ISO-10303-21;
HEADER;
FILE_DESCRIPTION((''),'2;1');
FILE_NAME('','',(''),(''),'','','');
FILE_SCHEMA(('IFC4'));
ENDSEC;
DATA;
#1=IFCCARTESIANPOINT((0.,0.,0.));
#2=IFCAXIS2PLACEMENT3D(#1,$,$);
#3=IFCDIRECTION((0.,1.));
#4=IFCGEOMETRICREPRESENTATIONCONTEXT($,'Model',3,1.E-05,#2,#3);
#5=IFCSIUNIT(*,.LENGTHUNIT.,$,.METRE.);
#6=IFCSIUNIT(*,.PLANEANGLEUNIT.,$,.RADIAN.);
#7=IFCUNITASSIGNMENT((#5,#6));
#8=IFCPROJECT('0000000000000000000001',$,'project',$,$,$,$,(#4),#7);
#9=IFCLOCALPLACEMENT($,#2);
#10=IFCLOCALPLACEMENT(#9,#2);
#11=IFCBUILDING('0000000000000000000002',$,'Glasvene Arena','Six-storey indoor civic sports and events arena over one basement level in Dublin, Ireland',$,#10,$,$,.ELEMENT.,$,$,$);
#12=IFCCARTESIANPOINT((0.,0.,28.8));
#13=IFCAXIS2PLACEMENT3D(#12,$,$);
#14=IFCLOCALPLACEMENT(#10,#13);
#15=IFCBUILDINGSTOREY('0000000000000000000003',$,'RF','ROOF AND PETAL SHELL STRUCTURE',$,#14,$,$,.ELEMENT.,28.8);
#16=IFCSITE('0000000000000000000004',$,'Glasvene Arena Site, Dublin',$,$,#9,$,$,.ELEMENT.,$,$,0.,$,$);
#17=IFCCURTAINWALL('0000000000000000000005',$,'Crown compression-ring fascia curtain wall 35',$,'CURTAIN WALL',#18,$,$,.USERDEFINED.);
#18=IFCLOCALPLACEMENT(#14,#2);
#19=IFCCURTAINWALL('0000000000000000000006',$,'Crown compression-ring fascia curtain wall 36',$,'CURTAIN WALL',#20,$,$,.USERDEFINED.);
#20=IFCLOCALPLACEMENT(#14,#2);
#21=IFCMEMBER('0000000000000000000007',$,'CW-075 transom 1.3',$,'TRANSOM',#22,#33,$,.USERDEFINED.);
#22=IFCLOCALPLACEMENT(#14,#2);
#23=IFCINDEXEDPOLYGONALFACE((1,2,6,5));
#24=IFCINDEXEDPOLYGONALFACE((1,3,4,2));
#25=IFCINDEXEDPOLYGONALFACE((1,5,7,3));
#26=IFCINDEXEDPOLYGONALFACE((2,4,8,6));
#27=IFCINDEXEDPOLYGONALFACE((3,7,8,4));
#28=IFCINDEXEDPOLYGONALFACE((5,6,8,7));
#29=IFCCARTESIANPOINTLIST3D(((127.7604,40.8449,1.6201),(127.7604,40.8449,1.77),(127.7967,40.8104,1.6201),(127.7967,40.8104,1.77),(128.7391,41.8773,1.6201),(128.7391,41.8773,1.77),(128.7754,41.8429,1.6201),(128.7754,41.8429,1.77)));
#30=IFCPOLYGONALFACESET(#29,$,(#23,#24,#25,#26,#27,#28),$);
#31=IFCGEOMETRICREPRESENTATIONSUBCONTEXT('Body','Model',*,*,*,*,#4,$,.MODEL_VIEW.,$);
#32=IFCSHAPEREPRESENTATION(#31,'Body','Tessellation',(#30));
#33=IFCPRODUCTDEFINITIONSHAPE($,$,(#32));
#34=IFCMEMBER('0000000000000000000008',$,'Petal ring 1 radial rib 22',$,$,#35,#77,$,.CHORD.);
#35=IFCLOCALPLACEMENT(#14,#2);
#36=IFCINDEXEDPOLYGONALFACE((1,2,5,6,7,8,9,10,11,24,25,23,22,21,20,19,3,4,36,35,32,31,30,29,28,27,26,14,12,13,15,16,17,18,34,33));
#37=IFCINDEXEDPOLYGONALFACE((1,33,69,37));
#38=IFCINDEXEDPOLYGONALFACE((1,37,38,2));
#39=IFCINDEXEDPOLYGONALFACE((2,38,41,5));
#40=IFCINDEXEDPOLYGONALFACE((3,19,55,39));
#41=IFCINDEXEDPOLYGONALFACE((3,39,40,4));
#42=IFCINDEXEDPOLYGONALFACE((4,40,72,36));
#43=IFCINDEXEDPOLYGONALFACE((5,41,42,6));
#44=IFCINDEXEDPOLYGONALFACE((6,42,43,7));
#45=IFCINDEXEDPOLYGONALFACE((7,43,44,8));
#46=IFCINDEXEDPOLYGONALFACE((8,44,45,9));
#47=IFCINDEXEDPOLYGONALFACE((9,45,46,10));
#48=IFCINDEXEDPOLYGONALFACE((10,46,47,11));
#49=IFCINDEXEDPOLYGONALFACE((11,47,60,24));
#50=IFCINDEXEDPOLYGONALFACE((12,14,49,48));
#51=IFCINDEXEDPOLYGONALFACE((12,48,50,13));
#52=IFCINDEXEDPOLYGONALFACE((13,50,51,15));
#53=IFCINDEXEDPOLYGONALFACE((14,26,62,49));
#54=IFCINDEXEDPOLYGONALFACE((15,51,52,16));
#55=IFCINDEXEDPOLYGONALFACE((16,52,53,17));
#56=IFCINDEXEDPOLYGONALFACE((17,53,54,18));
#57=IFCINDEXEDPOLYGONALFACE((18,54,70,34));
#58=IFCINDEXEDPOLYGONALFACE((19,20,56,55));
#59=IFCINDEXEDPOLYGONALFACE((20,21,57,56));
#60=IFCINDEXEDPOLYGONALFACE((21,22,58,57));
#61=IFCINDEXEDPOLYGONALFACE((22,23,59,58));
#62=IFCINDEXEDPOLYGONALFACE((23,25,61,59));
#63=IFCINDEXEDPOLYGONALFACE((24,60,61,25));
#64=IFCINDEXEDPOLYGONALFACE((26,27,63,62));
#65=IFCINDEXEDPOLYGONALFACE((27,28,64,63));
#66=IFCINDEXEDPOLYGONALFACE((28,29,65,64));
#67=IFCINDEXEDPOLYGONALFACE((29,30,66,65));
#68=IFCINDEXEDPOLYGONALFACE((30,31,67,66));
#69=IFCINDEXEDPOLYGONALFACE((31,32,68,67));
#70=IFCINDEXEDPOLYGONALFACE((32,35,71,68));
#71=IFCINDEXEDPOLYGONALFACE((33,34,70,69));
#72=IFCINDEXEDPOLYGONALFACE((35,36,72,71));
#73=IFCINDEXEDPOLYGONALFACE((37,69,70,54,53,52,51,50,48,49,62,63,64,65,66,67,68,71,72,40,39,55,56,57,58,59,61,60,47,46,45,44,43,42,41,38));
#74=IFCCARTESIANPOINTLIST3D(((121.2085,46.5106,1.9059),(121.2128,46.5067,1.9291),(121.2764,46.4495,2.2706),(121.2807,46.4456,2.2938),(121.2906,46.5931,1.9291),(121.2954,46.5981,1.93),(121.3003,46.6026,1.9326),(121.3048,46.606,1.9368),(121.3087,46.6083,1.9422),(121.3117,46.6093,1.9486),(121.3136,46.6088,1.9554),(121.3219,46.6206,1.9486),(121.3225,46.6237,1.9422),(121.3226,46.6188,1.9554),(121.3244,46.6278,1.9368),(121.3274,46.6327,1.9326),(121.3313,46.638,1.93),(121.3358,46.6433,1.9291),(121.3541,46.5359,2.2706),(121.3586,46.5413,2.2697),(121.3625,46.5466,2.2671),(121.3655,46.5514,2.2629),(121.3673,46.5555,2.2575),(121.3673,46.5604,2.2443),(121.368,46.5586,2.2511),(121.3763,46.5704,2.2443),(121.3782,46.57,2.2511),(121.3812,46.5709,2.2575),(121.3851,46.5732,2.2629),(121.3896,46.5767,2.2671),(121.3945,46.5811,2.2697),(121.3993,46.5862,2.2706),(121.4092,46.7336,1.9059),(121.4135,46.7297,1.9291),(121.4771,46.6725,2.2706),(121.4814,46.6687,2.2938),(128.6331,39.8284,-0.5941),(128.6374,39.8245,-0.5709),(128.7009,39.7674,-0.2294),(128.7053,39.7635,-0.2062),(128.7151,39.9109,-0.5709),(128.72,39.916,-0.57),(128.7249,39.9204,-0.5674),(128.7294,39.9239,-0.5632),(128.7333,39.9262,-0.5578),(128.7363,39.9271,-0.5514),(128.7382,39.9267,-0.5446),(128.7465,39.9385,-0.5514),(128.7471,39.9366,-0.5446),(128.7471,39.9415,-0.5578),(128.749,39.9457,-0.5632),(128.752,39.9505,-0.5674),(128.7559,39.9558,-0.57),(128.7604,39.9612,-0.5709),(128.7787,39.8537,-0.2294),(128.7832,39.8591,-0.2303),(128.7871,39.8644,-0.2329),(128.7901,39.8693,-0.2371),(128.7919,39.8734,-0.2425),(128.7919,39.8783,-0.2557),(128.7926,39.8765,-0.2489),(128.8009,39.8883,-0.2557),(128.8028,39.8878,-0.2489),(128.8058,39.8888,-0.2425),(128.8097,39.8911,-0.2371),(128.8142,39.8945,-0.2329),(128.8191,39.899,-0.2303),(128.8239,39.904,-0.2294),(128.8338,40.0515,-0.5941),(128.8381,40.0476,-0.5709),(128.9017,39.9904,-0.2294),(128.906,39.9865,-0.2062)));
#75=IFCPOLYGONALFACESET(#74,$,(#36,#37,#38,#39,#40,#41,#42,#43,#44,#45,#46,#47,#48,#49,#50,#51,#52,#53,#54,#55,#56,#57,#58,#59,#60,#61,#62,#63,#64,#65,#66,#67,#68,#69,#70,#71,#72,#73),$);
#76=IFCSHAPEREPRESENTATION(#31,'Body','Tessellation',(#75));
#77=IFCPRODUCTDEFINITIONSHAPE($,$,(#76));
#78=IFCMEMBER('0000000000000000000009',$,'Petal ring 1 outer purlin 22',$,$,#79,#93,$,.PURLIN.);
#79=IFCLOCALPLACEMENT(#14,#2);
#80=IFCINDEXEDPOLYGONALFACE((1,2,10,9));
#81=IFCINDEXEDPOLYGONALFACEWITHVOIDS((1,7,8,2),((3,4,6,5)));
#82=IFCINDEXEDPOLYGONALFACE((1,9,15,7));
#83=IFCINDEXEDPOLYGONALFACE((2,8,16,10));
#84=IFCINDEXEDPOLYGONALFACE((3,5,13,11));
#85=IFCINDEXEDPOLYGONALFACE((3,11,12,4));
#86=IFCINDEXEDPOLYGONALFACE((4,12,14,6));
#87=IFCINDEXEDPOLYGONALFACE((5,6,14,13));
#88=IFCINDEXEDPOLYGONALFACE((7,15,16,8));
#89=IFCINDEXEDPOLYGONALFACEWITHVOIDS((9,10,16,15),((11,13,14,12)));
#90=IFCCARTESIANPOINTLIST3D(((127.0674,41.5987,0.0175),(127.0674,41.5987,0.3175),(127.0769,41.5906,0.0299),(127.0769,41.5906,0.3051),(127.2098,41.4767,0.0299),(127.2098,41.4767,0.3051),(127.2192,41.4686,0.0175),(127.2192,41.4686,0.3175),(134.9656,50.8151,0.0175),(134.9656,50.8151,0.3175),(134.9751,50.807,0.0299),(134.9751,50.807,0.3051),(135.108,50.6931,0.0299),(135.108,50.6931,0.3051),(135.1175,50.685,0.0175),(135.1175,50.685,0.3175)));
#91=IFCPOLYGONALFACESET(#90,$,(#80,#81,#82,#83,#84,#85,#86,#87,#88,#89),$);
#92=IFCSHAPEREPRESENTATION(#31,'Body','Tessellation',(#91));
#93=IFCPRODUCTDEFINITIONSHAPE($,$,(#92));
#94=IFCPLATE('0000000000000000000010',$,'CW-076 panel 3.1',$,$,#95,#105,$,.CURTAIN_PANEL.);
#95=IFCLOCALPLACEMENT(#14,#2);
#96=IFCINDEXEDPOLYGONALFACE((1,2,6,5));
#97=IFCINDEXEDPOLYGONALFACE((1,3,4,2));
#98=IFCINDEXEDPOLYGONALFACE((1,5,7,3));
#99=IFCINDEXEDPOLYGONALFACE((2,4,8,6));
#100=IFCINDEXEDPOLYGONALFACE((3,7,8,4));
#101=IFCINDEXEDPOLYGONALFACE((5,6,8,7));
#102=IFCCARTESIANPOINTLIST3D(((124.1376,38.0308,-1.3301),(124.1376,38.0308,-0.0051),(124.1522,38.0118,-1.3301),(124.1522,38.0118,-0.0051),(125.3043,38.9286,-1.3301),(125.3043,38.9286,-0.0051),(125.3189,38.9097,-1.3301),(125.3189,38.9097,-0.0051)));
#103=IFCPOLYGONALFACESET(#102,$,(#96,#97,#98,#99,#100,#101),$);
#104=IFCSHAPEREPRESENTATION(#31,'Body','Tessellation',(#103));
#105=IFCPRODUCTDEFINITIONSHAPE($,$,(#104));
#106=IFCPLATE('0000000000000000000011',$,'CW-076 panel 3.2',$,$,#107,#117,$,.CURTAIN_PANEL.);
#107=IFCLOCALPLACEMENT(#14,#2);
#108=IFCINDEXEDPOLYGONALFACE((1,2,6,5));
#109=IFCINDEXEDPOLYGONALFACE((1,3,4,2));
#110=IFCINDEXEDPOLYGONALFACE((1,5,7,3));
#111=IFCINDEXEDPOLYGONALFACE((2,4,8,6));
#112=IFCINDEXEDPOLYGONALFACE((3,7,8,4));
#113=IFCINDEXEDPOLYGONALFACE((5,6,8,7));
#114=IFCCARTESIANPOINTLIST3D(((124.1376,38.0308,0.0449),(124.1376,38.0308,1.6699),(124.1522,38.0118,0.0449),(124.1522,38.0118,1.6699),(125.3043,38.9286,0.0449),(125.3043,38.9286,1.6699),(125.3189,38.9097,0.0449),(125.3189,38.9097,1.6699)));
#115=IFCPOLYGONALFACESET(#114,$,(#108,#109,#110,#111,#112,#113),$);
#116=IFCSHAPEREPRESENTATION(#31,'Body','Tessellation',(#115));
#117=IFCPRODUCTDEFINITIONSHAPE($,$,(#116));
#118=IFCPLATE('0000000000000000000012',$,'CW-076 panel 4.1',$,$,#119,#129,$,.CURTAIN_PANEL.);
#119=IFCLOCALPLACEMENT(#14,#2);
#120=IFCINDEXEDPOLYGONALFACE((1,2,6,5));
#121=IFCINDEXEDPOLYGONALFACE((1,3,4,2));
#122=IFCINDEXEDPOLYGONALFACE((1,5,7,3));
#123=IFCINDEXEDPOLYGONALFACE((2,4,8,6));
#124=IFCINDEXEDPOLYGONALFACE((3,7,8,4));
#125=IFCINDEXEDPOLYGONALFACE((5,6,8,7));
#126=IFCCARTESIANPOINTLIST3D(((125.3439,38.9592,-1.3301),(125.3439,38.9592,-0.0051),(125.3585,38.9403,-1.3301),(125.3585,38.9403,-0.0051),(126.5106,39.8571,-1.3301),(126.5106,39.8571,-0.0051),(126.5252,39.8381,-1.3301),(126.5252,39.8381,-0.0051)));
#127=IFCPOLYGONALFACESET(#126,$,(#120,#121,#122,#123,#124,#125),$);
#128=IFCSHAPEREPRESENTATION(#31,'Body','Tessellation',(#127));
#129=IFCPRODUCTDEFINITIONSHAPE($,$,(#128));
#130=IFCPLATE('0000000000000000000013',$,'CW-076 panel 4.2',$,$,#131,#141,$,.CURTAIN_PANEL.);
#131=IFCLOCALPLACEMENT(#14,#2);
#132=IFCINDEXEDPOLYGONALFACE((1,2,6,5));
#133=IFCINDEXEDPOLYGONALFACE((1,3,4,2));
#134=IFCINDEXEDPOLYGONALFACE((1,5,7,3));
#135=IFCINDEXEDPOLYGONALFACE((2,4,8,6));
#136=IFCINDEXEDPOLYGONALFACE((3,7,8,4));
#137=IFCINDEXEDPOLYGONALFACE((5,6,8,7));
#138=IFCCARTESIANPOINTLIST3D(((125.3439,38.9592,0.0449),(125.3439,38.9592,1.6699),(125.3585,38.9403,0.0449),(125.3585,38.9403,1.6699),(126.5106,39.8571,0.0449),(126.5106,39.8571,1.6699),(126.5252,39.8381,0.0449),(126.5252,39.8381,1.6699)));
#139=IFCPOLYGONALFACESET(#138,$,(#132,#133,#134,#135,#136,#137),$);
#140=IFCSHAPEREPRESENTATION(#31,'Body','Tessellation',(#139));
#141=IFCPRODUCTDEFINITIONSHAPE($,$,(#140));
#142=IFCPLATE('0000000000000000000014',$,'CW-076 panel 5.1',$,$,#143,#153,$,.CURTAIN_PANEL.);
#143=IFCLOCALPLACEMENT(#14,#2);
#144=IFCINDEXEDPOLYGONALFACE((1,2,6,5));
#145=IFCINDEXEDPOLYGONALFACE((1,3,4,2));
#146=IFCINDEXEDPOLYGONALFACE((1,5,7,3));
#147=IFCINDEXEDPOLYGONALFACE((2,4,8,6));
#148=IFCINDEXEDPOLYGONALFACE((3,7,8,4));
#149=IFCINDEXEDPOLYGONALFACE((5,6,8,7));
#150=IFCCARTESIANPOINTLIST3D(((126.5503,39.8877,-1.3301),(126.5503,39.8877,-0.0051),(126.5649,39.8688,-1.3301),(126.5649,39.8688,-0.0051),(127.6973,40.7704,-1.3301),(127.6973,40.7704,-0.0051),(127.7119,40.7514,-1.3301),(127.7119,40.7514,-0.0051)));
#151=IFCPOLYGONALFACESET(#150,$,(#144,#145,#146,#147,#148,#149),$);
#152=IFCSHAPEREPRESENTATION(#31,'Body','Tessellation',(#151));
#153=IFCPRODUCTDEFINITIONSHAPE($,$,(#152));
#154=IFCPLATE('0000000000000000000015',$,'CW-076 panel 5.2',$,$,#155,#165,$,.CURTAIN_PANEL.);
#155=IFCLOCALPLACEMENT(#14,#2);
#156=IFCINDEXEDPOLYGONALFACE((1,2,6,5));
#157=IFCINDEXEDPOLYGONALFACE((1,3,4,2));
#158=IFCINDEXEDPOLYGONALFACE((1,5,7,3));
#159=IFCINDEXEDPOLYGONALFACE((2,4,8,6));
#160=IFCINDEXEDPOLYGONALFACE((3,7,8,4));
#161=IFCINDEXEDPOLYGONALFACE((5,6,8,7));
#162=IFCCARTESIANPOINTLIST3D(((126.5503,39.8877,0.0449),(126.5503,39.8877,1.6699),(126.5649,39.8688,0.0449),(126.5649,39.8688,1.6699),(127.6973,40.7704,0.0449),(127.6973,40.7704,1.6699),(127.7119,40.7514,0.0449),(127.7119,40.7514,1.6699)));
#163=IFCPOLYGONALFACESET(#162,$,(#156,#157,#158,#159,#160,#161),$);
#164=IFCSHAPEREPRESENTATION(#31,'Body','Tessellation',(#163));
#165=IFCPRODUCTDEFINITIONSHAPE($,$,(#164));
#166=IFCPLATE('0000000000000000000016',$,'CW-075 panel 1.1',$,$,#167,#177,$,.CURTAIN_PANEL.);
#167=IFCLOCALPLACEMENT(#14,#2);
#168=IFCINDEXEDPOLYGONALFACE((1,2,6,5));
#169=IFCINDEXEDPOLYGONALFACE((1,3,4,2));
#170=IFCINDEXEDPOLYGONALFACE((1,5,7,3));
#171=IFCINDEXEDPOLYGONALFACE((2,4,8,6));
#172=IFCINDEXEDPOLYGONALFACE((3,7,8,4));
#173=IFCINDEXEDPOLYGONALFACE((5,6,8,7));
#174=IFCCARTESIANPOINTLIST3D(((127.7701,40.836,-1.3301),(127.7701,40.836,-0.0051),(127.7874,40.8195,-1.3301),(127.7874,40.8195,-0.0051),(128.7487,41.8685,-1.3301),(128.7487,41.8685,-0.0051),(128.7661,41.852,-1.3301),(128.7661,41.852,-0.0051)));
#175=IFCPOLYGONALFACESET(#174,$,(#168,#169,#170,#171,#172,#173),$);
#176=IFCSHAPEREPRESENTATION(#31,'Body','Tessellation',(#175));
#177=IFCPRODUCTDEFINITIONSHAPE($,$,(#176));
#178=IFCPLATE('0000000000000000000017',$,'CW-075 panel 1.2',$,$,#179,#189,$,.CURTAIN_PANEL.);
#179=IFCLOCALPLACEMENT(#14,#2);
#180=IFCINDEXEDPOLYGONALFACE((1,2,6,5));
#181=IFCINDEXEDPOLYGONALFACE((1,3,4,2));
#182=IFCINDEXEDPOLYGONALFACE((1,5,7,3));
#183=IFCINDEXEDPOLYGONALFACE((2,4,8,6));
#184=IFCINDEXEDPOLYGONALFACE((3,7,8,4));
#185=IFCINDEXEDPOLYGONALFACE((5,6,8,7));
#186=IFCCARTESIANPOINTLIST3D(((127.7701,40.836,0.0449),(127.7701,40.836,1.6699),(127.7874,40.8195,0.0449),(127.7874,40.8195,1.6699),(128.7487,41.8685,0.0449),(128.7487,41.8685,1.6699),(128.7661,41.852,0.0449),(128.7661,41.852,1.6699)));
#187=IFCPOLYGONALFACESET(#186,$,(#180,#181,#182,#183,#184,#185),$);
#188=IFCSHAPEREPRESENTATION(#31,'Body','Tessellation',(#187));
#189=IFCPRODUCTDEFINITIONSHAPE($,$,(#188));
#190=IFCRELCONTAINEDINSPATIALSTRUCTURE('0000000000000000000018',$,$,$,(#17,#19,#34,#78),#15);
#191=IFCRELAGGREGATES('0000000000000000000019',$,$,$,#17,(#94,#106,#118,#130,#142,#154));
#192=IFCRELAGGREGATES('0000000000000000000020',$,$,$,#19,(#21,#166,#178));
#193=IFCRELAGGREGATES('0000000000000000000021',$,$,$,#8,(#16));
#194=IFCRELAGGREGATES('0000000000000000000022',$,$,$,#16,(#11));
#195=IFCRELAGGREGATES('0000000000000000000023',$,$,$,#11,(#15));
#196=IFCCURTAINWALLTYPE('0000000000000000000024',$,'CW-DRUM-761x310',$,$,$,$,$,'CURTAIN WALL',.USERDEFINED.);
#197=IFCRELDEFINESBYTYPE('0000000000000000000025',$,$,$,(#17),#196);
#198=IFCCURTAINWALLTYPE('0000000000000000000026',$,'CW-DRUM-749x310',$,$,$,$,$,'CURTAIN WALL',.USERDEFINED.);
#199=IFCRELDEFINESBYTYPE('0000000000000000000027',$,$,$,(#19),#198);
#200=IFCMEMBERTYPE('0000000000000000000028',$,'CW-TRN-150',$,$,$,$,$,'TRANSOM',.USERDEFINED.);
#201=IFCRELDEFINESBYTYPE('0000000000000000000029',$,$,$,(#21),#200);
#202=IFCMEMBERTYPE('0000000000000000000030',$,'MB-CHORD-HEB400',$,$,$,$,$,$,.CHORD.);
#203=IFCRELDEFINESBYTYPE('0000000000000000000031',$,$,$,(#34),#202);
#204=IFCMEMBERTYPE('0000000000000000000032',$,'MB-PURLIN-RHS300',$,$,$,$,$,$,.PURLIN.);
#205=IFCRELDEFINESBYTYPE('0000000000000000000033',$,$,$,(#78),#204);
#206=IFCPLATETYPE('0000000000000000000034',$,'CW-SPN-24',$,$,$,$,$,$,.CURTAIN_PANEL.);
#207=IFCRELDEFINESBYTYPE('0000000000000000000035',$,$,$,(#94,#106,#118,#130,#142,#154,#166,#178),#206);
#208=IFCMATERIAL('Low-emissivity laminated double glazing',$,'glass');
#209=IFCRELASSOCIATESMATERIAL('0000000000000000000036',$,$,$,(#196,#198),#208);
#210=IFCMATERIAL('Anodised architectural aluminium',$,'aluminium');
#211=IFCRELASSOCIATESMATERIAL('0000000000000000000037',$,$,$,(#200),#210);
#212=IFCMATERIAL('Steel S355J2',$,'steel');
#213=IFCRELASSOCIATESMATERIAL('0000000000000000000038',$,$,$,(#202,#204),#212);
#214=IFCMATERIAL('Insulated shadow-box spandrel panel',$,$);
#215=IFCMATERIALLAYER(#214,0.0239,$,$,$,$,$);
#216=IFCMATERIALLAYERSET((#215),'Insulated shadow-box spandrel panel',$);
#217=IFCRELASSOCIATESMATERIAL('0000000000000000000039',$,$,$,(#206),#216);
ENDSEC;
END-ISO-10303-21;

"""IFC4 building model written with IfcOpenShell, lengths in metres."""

from ifc_helpers import new_model, si_unit, direction, frame, origin, origin_2d, place, context, subcontext, project, spatial, rectangle, hollow_rectangle, i_section, extrude, material, layer, layer_set, material_profile, profile_set, type_object, element, aggregate, save


model = new_model("IFC4")

# Units and contexts
model_context = context("Model", 3, precision=1e-05, world=origin(), true_north=direction((0.0, 1.0)))
body_context = subcontext(model_context, "Body", "Model", "MODEL_VIEW")
ifc_project = project(units=[si_unit("LENGTHUNIT", "METRE"), si_unit("PLANEANGLEUNIT", "RADIAN")], contexts=[model_context])

# Site, building, storey
site_placement = place(None, origin())
site = spatial("IfcSite", under=ifc_project, at=site_placement, Name="Glasvene Arena Site, Dublin", CompositionType="ELEMENT", RefElevation=0.0)
building_placement = place(site_placement, origin())
building = spatial("IfcBuilding", under=site, at=building_placement, Name="Glasvene Arena", Description="Six-storey indoor civic sports and events arena over one basement level in Dublin, Ireland", CompositionType="ELEMENT")
storey_placement = place(building_placement, frame((0.0, 0.0, 28.8)))
storey = spatial("IfcBuildingStorey", under=building, at=storey_placement, Name="RF", Description="ROOF AND PETAL SHELL STRUCTURE", CompositionType="ELEMENT", Elevation=28.8)

# Shared definitions
ifc_material_1 = material(Name="Steel S355J2", Category="steel")

# Curtain walls
ifc_material_2 = material(Name="Low-emissivity laminated double glazing", Category="glass")
curtain_wall_type_1 = type_object("IfcCurtainWallType", Name="CW-DRUM-761x310", ElementType="CURTAIN WALL", PredefinedType="USERDEFINED", material=ifc_material_2)
curtain_wall_1_placement = place(storey_placement, frame((121.7124, 36.1494, 0.0)))
curtain_wall_1 = element("IfcCurtainWall", 1, at=curtain_wall_1_placement, inside=storey, type_object=curtain_wall_type_1, Name="Crown compression-ring fascia curtain wall 35", ObjectType="CURTAIN WALL", PredefinedType="USERDEFINED")
ifc_material_3 = material(Name="Anodised architectural aluminium", Category="aluminium")
curtain_wall_type_2 = type_object("IfcCurtainWallType", Name="CW-DRUM-749x310", ElementType="CURTAIN WALL", PredefinedType="USERDEFINED", material=ifc_material_2)
curtain_wall_2_placement = place(storey_placement, frame((127.7441, 40.7913, 0.0)))
curtain_wall_2 = element("IfcCurtainWall", 2, at=curtain_wall_2_placement, inside=storey, type_object=curtain_wall_type_2, Name="Crown compression-ring fascia curtain wall 36", ObjectType="CURTAIN WALL", PredefinedType="USERDEFINED")

# Member
ifc_material_profile_1 = material_profile(ifc_material_3, rectangle(XDim=0.05, YDim=0.1499, at=origin_2d()), Name="ALU TRANSOM 50x150")
ifc_profile_set_1 = profile_set([ifc_material_profile_1], Name="Anodised architectural aluminium")
member_type_1 = type_object("IfcMemberType", Name="CW-TRN-150", ElementType="TRANSOM", PredefinedType="USERDEFINED", material=ifc_profile_set_1)
member_1_placement = place(storey_placement, frame((127.7786, 40.8276, 1.6951), z_axis=(0.687978, 0.725732, 0.0), x_axis=(-0.725732, 0.687978, 0.0)))
member_1 = element("IfcMember", 3, at=member_1_placement, type_object=member_type_1, Name="CW-075 transom 1.3", ObjectType="TRANSOM", PredefinedType="USERDEFINED", context=body_context, shape_type="SweptSolid", body=[
    extrude(rectangle(XDim=0.05, YDim=0.1499, at=origin_2d()), origin(), (0.0, 0.0, 1.0), 1.4226),
])

# Members
ifc_material_profile_2 = material_profile(ifc_material_1, i_section(OverallWidth=0.3, OverallDepth=0.3999, WebThickness=0.0134, FlangeThickness=0.0239, FilletRadius=0.0271, at=origin_2d()), Name="HEB 400")
ifc_profile_set_2 = profile_set([ifc_material_profile_2], Name="Steel S355J2")
member_type_2 = type_object("IfcMemberType", Name="MB-CHORD-HEB400", PredefinedType="CHORD", material=ifc_profile_set_2)
member_2_placement = place(storey_placement, frame((128.7695, 39.9075, -0.4001), z_axis=(-0.721052, 0.648949, 0.242793), x_axis=(-0.668966, -0.743293, 0.0)))
element("IfcMember", 4, at=member_2_placement, inside=storey, type_object=member_type_2, Name="Petal ring 1 radial rib 22", PredefinedType="CHORD", context=body_context, shape_type="SweptSolid", body=[
    extrude(i_section(OverallWidth=0.3, OverallDepth=0.3999, WebThickness=0.0134, FlangeThickness=0.0239, FilletRadius=0.0271, at=origin_2d()), origin(), (0.0, 0.0, 1.0), 10.2969),
])
ifc_material_profile_3 = material_profile(ifc_material_1, hollow_rectangle(XDim=0.2, YDim=0.3, WallThickness=0.0125, at=origin_2d()), Name="RHS 300x200x12.5")
ifc_profile_set_3 = profile_set([ifc_material_profile_3], Name="Steel S355J2")
member_type_3 = type_object("IfcMemberType", Name="MB-PURLIN-RHS300", PredefinedType="PURLIN", material=ifc_profile_set_3)
member_3_placement = place(storey_placement, frame((127.1433, 41.5337, 0.1675), z_axis=(0.65072, 0.759318, 0.0), x_axis=(-0.759318, 0.65072, 0.0)))
element("IfcMember", 5, at=member_3_placement, inside=storey, type_object=member_type_3, Name="Petal ring 1 outer purlin 22", PredefinedType="PURLIN", context=body_context, shape_type="SweptSolid", body=[
    extrude(hollow_rectangle(XDim=0.2, YDim=0.3, WallThickness=0.0125, at=origin_2d()), origin(), (0.0, 0.0, 1.0), 12.1377),
])

# Plates
ifc_material_4 = material(Name="Insulated shadow-box spandrel panel")
ifc_layer_1 = layer(ifc_material_4, 0.0239)
ifc_layer_set_1 = layer_set([ifc_layer_1], Name="Insulated shadow-box spandrel panel")
plate_type_1 = type_object("IfcPlateType", Name="CW-SPN-24", PredefinedType="CURTAIN_PANEL", material=ifc_layer_set_1)
plate_1_placement = place(storey_placement, frame((124.7283, 38.4702, -1.3301), z_axis=(0.0, 0.0, 1.0), x_axis=(0.792482, 0.609895, 0.0)))
plate_1 = element("IfcPlate", 6, at=plate_1_placement, type_object=plate_type_1, Name="CW-076 panel 3.1", PredefinedType="CURTAIN_PANEL", context=body_context, shape_type="SweptSolid", body=[
    extrude(rectangle(XDim=1.4722, YDim=0.0239, at=origin_2d()), origin(), (0.0, 0.0, 1.0), 1.325),
])
plate_2_placement = place(storey_placement, frame((124.7283, 38.4702, 0.0449), z_axis=(0.0, 0.0, 1.0), x_axis=(0.792482, 0.609895, 0.0)))
plate_2 = element("IfcPlate", 7, at=plate_2_placement, type_object=plate_type_1, Name="CW-076 panel 3.2", PredefinedType="CURTAIN_PANEL", context=body_context, shape_type="SweptSolid", body=[
    extrude(rectangle(XDim=1.4722, YDim=0.0239, at=origin_2d()), origin(), (0.0, 0.0, 1.0), 1.625),
])
plate_3_placement = place(storey_placement, frame((125.9346, 39.3987, -1.3301), z_axis=(0.0, 0.0, 1.0), x_axis=(0.792482, 0.609895, 0.0)))
plate_3 = element("IfcPlate", 8, at=plate_3_placement, type_object=plate_type_1, Name="CW-076 panel 4.1", PredefinedType="CURTAIN_PANEL", context=body_context, shape_type="SweptSolid", body=[
    extrude(rectangle(XDim=1.4722, YDim=0.0239, at=origin_2d()), origin(), (0.0, 0.0, 1.0), 1.325),
])
plate_4_placement = place(storey_placement, frame((125.9346, 39.3987, 0.0449), z_axis=(0.0, 0.0, 1.0), x_axis=(0.792482, 0.609895, 0.0)))
plate_4 = element("IfcPlate", 9, at=plate_4_placement, type_object=plate_type_1, Name="CW-076 panel 4.2", PredefinedType="CURTAIN_PANEL", context=body_context, shape_type="SweptSolid", body=[
    extrude(rectangle(XDim=1.4722, YDim=0.0239, at=origin_2d()), origin(), (0.0, 0.0, 1.0), 1.625),
])
plate_5_placement = place(storey_placement, frame((127.1311, 40.3196, -1.3301), z_axis=(0.0, 0.0, 1.0), x_axis=(0.792482, 0.609895, 0.0)))
plate_5 = element("IfcPlate", 10, at=plate_5_placement, type_object=plate_type_1, Name="CW-076 panel 5.1", PredefinedType="CURTAIN_PANEL", context=body_context, shape_type="SweptSolid", body=[
    extrude(rectangle(XDim=1.4473, YDim=0.0239, at=origin_2d()), origin(), (0.0, 0.0, 1.0), 1.325),
])
plate_6_placement = place(storey_placement, frame((127.1311, 40.3196, 0.0449), z_axis=(0.0, 0.0, 1.0), x_axis=(0.792482, 0.609895, 0.0)))
plate_6 = element("IfcPlate", 11, at=plate_6_placement, type_object=plate_type_1, Name="CW-076 panel 5.2", PredefinedType="CURTAIN_PANEL", context=body_context, shape_type="SweptSolid", body=[
    extrude(rectangle(XDim=1.4473, YDim=0.0239, at=origin_2d()), origin(), (0.0, 0.0, 1.0), 1.625),
])
aggregate(curtain_wall_1, [plate_1, plate_2, plate_3, plate_4, plate_5, plate_6])
plate_7_placement = place(storey_placement, frame((128.2681, 41.344, -1.3301), z_axis=(0.0, 0.0, 1.0), x_axis=(0.687925, 0.725782, 0.0)))
plate_7 = element("IfcPlate", 12, at=plate_7_placement, type_object=plate_type_1, Name="CW-075 panel 1.1", PredefinedType="CURTAIN_PANEL", context=body_context, shape_type="SweptSolid", body=[
    extrude(rectangle(XDim=1.4226, YDim=0.0239, at=origin_2d()), origin(), (0.0, 0.0, 1.0), 1.325),
])
plate_8_placement = place(storey_placement, frame((128.2681, 41.344, 0.0449), z_axis=(0.0, 0.0, 1.0), x_axis=(0.687925, 0.725782, 0.0)))
plate_8 = element("IfcPlate", 13, at=plate_8_placement, type_object=plate_type_1, Name="CW-075 panel 1.2", PredefinedType="CURTAIN_PANEL", context=body_context, shape_type="SweptSolid", body=[
    extrude(rectangle(XDim=1.4226, YDim=0.0239, at=origin_2d()), origin(), (0.0, 0.0, 1.0), 1.625),
])
aggregate(curtain_wall_2, [member_1, plate_7, plate_8])

save(model, "model.ifc")
